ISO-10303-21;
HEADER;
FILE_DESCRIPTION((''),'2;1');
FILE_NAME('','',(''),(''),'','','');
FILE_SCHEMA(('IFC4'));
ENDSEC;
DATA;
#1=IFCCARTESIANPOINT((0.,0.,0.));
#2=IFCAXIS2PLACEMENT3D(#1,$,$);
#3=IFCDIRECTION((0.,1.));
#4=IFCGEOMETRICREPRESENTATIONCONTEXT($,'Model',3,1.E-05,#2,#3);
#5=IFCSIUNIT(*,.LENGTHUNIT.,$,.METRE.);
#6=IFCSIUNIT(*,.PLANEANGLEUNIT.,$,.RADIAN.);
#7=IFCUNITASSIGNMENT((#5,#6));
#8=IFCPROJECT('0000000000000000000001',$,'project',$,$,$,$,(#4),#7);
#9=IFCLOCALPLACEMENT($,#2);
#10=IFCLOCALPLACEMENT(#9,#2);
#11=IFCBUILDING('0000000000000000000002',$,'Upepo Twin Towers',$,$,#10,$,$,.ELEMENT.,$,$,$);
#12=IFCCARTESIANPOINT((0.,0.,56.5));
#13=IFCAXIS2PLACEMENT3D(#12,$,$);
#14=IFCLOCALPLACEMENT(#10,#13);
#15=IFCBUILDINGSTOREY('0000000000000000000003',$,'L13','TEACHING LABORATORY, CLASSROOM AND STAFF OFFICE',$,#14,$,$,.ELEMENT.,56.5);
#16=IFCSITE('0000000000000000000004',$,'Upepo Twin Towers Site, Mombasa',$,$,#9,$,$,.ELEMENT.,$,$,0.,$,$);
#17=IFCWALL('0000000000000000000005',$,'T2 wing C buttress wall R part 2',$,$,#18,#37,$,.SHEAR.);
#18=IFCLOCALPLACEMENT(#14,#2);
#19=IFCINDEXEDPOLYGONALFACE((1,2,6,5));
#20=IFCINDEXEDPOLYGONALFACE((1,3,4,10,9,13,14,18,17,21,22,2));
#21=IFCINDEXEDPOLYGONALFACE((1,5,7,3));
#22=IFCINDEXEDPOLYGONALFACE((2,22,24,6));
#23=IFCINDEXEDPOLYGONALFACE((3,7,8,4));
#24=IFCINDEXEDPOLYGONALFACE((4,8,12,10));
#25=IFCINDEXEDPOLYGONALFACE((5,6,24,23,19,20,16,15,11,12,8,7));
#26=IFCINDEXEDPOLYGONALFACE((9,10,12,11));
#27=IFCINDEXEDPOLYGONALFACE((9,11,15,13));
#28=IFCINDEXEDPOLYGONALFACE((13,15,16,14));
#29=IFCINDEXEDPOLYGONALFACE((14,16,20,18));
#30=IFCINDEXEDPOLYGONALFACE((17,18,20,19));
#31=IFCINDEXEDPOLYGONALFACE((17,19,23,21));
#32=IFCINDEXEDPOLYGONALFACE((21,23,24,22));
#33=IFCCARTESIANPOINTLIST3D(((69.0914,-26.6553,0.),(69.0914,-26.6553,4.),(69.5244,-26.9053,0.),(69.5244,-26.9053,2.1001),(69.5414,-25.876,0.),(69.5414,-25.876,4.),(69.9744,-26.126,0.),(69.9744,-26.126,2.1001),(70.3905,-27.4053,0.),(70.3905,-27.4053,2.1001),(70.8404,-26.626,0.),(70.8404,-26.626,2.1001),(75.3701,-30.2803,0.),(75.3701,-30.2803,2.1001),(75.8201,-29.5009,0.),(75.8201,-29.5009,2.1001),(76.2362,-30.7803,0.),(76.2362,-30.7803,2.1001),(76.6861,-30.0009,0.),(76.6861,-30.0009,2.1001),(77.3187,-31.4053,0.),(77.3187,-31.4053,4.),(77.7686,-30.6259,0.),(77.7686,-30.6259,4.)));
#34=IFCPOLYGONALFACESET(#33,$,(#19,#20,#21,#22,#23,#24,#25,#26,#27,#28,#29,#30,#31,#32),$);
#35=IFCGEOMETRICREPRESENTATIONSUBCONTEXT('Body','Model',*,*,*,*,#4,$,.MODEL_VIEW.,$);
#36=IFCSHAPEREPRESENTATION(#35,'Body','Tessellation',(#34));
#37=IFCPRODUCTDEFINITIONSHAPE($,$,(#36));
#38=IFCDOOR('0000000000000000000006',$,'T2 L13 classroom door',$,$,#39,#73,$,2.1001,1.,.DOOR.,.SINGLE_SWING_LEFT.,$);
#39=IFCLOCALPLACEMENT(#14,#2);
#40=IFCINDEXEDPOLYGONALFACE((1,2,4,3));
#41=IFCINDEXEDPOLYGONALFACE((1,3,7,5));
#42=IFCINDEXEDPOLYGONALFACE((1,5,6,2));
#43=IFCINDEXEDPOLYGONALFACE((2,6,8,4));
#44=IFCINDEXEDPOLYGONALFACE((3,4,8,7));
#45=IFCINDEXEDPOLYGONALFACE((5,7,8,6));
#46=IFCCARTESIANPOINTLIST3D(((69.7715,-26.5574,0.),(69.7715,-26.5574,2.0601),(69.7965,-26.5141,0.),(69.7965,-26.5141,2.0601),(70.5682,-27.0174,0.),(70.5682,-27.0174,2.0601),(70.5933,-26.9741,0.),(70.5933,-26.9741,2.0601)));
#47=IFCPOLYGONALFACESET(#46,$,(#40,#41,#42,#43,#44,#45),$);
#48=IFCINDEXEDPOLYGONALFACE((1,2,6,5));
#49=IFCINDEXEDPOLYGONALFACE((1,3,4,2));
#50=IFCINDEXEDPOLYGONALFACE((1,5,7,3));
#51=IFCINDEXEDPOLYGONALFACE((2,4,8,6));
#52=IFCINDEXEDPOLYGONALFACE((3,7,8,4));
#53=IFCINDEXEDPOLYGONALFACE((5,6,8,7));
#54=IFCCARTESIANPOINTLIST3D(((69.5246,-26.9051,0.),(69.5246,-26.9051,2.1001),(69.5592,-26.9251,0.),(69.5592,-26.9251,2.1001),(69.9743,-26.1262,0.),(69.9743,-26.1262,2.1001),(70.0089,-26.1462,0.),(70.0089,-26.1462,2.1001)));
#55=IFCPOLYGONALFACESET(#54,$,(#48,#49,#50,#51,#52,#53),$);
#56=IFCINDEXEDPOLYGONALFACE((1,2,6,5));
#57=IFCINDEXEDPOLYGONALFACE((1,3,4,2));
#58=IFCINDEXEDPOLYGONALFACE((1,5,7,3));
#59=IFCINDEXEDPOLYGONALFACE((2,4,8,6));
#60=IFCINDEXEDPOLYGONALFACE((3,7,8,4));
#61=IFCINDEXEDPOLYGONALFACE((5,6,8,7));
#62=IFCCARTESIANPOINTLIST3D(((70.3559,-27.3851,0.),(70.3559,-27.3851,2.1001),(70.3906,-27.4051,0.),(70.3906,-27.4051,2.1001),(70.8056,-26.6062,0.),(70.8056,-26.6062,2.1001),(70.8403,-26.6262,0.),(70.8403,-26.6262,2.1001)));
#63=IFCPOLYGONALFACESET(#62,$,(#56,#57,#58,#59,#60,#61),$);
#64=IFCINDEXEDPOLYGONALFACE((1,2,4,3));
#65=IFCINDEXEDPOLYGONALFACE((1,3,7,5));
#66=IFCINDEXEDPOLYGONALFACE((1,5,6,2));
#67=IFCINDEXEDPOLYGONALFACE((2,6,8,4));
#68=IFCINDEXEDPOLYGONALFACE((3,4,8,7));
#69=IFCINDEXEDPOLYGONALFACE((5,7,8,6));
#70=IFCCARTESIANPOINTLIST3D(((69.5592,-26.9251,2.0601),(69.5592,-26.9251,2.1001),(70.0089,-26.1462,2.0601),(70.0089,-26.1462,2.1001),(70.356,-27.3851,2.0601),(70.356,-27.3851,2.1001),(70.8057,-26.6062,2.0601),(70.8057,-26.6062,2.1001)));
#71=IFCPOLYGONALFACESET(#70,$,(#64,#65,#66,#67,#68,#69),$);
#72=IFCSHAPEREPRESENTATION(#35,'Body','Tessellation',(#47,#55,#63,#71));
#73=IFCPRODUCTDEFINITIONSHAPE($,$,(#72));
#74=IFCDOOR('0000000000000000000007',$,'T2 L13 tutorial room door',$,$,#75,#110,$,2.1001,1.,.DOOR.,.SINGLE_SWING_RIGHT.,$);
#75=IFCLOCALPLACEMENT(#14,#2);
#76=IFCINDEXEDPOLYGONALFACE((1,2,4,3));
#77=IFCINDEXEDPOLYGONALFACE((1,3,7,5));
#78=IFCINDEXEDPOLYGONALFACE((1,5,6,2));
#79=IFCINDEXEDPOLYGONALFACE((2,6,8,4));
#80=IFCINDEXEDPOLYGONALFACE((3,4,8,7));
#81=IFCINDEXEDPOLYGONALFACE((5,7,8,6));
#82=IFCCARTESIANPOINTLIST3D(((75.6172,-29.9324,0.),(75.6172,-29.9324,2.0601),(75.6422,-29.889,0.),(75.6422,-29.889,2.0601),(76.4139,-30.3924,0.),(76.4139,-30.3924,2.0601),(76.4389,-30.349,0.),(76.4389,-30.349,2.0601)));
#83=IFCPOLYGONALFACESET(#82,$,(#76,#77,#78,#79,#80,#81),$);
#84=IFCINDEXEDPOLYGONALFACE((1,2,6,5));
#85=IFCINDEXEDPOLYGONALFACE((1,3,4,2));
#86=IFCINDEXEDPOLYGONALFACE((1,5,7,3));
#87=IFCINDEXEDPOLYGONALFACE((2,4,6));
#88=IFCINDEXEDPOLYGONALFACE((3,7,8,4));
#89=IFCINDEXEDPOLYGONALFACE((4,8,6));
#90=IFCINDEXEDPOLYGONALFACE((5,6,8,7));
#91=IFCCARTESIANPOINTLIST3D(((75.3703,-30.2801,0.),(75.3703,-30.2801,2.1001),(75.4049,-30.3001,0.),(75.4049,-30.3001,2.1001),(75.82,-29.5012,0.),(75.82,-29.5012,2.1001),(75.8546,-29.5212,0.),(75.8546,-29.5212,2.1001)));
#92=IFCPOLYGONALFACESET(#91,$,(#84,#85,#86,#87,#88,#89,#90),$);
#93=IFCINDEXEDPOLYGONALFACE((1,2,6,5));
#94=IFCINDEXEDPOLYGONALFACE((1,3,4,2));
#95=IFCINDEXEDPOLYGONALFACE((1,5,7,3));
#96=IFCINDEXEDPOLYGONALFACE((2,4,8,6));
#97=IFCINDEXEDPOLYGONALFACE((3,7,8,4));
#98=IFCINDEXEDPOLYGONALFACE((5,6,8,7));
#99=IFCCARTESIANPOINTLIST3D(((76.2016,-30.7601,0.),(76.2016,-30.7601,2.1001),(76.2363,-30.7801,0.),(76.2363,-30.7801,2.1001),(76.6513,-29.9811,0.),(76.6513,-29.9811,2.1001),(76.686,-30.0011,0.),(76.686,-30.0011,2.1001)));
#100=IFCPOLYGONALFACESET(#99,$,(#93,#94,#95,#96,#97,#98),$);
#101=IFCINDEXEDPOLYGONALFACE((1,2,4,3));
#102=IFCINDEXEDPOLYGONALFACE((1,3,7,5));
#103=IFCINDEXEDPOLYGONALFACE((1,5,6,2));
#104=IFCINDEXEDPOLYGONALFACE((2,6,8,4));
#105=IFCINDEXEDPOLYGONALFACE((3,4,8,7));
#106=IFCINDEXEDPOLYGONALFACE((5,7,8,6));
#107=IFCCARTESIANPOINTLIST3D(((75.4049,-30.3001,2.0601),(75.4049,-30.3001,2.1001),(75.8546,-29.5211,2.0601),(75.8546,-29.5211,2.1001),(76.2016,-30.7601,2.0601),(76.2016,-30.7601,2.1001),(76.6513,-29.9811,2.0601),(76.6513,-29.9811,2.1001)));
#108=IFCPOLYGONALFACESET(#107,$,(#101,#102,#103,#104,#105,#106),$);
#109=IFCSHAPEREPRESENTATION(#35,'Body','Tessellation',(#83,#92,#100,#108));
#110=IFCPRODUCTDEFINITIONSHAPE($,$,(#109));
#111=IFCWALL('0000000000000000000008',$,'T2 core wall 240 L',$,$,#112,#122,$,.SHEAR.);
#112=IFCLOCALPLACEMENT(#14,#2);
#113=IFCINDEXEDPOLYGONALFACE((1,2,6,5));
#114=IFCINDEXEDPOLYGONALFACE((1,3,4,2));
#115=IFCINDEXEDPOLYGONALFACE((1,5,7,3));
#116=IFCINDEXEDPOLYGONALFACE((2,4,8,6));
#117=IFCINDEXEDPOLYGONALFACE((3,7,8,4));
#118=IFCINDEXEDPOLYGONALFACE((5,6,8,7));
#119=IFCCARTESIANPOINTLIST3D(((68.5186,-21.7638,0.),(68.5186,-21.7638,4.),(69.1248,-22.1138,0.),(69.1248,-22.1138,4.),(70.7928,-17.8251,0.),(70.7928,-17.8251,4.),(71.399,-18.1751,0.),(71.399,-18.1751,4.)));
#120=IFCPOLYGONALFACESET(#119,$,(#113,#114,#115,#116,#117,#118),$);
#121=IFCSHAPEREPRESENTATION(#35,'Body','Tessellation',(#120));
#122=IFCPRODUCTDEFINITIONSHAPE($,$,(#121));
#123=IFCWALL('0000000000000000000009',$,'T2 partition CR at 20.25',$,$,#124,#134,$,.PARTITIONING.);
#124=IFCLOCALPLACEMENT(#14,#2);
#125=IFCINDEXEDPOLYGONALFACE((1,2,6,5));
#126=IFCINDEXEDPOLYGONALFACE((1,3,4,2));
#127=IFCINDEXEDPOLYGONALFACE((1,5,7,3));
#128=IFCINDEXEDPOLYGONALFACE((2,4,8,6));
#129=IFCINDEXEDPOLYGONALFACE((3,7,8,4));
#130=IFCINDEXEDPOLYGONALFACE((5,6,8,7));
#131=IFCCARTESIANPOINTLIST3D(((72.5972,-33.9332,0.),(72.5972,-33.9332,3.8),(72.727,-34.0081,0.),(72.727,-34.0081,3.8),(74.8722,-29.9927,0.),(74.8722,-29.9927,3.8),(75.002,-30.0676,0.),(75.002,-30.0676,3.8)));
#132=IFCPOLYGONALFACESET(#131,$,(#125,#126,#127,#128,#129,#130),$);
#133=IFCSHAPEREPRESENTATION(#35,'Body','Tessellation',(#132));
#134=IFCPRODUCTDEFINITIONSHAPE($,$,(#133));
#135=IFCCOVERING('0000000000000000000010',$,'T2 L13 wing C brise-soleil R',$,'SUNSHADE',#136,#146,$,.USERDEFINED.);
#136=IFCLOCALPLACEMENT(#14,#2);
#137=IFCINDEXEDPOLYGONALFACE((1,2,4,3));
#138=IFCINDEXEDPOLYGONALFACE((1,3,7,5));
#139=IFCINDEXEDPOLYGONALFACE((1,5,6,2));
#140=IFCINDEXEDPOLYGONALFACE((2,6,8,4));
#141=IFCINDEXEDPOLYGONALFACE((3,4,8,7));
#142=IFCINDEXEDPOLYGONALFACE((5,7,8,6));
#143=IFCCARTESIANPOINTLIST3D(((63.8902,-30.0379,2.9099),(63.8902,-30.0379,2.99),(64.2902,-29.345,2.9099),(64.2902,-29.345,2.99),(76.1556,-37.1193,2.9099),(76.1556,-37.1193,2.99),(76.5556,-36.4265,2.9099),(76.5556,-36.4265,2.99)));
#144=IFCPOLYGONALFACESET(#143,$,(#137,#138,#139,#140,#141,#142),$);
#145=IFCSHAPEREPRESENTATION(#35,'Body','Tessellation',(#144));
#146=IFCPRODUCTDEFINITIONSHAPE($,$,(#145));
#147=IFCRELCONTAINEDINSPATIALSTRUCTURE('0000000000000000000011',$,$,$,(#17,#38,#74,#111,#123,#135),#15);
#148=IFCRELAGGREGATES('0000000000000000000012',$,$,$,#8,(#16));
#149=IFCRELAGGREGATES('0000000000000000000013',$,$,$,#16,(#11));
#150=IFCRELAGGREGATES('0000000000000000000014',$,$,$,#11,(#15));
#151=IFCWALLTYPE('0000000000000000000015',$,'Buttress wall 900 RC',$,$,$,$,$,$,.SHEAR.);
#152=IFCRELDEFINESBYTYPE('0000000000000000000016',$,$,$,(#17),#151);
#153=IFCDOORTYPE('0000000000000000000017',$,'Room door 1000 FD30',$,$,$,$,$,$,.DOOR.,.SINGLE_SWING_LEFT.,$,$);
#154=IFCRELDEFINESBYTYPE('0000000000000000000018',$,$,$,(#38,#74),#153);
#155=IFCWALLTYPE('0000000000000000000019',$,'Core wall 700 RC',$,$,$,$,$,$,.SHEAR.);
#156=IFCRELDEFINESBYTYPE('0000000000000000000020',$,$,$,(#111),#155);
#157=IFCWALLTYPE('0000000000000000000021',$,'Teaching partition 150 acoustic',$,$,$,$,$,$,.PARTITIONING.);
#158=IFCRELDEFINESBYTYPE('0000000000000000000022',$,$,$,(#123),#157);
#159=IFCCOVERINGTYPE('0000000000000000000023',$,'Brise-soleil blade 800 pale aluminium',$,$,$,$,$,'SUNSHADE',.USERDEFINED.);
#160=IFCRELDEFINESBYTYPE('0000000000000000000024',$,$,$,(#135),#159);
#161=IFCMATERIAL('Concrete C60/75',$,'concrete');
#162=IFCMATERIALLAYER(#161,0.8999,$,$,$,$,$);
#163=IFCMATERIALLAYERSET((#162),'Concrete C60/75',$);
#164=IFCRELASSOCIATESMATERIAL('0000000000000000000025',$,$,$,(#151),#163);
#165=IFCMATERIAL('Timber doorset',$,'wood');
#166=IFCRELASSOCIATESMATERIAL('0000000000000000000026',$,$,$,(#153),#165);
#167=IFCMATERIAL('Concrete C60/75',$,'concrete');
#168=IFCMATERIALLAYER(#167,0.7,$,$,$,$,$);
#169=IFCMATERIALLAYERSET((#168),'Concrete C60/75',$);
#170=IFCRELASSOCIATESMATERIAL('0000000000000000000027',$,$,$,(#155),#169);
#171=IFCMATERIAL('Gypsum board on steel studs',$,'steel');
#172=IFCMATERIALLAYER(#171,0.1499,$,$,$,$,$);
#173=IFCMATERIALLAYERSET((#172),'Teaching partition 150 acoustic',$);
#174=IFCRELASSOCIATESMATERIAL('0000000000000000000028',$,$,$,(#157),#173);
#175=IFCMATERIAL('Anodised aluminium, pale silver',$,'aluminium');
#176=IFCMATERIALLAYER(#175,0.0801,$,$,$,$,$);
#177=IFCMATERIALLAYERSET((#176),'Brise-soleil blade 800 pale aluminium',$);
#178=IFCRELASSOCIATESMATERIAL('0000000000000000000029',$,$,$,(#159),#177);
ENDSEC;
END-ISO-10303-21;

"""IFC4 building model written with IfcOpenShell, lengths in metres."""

from ifc_helpers import new_model, si_unit, direction, frame, frame_2d, origin, origin_2d, place, context, subcontext, project, spatial, rectangle, extrude, material, layer, layer_set, type_object, element, fill, save


model = new_model("IFC4")

# Units and contexts
model_context = context("Model", 3, precision=1e-05, world=origin(), true_north=direction((0.0, 1.0)))
body_context = subcontext(model_context, "Body", "Model", "MODEL_VIEW")
ifc_project = project(units=[si_unit("LENGTHUNIT", "METRE"), si_unit("PLANEANGLEUNIT", "RADIAN")], contexts=[model_context])

# Site, building, storey
site_placement = place(None, origin())
site = spatial("IfcSite", under=ifc_project, at=site_placement, Name="Upepo Twin Towers Site, Mombasa", CompositionType="ELEMENT", RefElevation=0.0)
building_placement = place(site_placement, origin())
building = spatial("IfcBuilding", under=site, at=building_placement, Name="Upepo Twin Towers", CompositionType="ELEMENT")
storey_placement = place(building_placement, frame((0.0, 0.0, 56.5)))
storey = spatial("IfcBuildingStorey", under=building, at=storey_placement, Name="L13", Description="TEACHING LABORATORY, CLASSROOM AND STAFF OFFICE", CompositionType="ELEMENT", Elevation=56.5)

# Wall, openings, doors
ifc_material_1 = material(Name="Concrete C60/75", Category="concrete")
ifc_layer_1 = layer(ifc_material_1, 0.8999)
ifc_layer_set_1 = layer_set([ifc_layer_1], Name="Concrete C60/75")
wall_type_1 = type_object("IfcWallType", Name="Buttress wall 900 RC", PredefinedType="SHEAR", material=ifc_layer_set_1)
ifc_material_2 = material(Name="Timber doorset", Category="wood")
door_type = type_object("IfcDoorType", Name="Room door 1000 FD30", OperationType="SINGLE_SWING_LEFT", PredefinedType="DOOR", material=ifc_material_2)
wall_1_placement = place(storey_placement, frame((69.3164, -26.2656, 0.0), z_axis=(0.0, 0.0, 1.0), x_axis=(0.866027, -0.499998, 0.0)))
wall_1 = element("IfcWall", 1, at=wall_1_placement, inside=storey, type_object=wall_type_1, Name="T2 wing C buttress wall R part 2", PredefinedType="SHEAR", context=body_context, shape_type="SweptSolid", body=[
    extrude(rectangle(XDim=9.5, YDim=0.8999, at=frame_2d((4.75, 0.0))), origin(), (0.0, 0.0, 1.0), 4.0),
])
opening_1_placement = place(wall_1_placement, frame((0.5, 0.0, 0.0)))
opening_1 = element("IfcOpeningElement", 2, at=opening_1_placement, cuts=wall_1, PredefinedType="OPENING", context=body_context, shape_type="SweptSolid", body=[
    extrude(rectangle(XDim=1.0, YDim=2.1001, at=frame_2d((0.5, 1.05))), frame((0.0, 0.46, 0.0), z_axis=(0.0, -1.0, 0.0), x_axis=(1.0, 0.0, 0.0)), (0.0, 0.0, 1.0), 0.9199),
])
opening_2_placement = place(wall_1_placement, frame((7.25, 0.0, 0.0)))
opening_2 = element("IfcOpeningElement", 3, at=opening_2_placement, cuts=wall_1, PredefinedType="OPENING", context=body_context, shape_type="SweptSolid", body=[
    extrude(rectangle(XDim=1.0, YDim=2.1001, at=frame_2d((0.5, 1.05))), frame((0.0, 0.46, 0.0), z_axis=(0.0, -1.0, 0.0), x_axis=(1.0, 0.0, 0.0)), (0.0, 0.0, 1.0), 0.9199),
])
door_1_placement = place(opening_1_placement, origin())
door_1 = element("IfcDoor", 4, at=door_1_placement, inside=storey, type_object=door_type, Name="T2 L13 classroom door", OperationType="SINGLE_SWING_LEFT", OverallHeight=2.1001, OverallWidth=1.0, PredefinedType="DOOR", context=body_context, shape_type="SweptSolid", body=[
    extrude(rectangle(XDim=0.92, YDim=2.0601, at=frame_2d((0.5, 1.03))), frame((0.0, 0.0249, 0.0), z_axis=(0.0, -1.0, 0.0), x_axis=(1.0, 0.0, 0.0)), (0.0, 0.0, 1.0), 0.05),
    extrude(rectangle(XDim=0.04, YDim=2.1001, at=frame_2d((0.02, 1.05))), frame((0.0, 0.4497, 0.0), z_axis=(0.0, -1.0, 0.0), x_axis=(1.0, 0.0, 0.0)), (0.0, 0.0, 1.0), 0.8994),
    extrude(rectangle(XDim=0.04, YDim=2.1001, at=frame_2d((0.98, 1.05))), frame((0.0, 0.4497, 0.0), z_axis=(0.0, -1.0, 0.0), x_axis=(1.0, 0.0, 0.0)), (0.0, 0.0, 1.0), 0.8994),
    extrude(rectangle(XDim=0.92, YDim=0.04, at=frame_2d((0.5, 2.0801))), frame((0.0, 0.4497, 0.0), z_axis=(0.0, -1.0, 0.0), x_axis=(1.0, 0.0, 0.0)), (0.0, 0.0, 1.0), 0.8994),
])
fill(opening_1, door_1)
door_2_placement = place(opening_2_placement, origin())
door_2 = element("IfcDoor", 5, at=door_2_placement, inside=storey, type_object=door_type, Name="T2 L13 tutorial room door", OperationType="SINGLE_SWING_RIGHT", OverallHeight=2.1001, OverallWidth=1.0, PredefinedType="DOOR", context=body_context, shape_type="SweptSolid", body=[
    extrude(rectangle(XDim=0.92, YDim=2.0601, at=frame_2d((0.5, 1.03))), frame((0.0, 0.0249, 0.0), z_axis=(0.0, -1.0, 0.0), x_axis=(1.0, 0.0, 0.0)), (0.0, 0.0, 1.0), 0.05),
    extrude(rectangle(XDim=0.04, YDim=2.1001, at=frame_2d((0.02, 1.05))), frame((0.0, 0.4497, 0.0), z_axis=(0.0, -1.0, 0.0), x_axis=(1.0, 0.0, 0.0)), (0.0, 0.0, 1.0), 0.8994),
    extrude(rectangle(XDim=0.04, YDim=2.1001, at=frame_2d((0.98, 1.05))), frame((0.0, 0.4497, 0.0), z_axis=(0.0, -1.0, 0.0), x_axis=(1.0, 0.0, 0.0)), (0.0, 0.0, 1.0), 0.8994),
    extrude(rectangle(XDim=0.92, YDim=0.04, at=frame_2d((0.5, 2.0801))), frame((0.0, 0.4497, 0.0), z_axis=(0.0, -1.0, 0.0), x_axis=(1.0, 0.0, 0.0)), (0.0, 0.0, 1.0), 0.8994),
])
fill(opening_2, door_2)

# Walls
ifc_material_3 = material(Name="Concrete C60/75", Category="concrete")
ifc_layer_2 = layer(ifc_material_3, 0.7)
ifc_layer_set_2 = layer_set([ifc_layer_2], Name="Concrete C60/75")
wall_type_2 = type_object("IfcWallType", Name="Core wall 700 RC", PredefinedType="SHEAR", material=ifc_layer_set_2)
wall_2_placement = place(storey_placement, frame((68.8218, -21.9387, 0.0), z_axis=(0.0, 0.0, 1.0), x_axis=(0.500024, 0.866011, 0.0)))
element("IfcWall", 6, at=wall_2_placement, inside=storey, type_object=wall_type_2, Name="T2 core wall 240 L", PredefinedType="SHEAR", context=body_context, shape_type="SweptSolid", body=[
    extrude(rectangle(XDim=4.5481, YDim=0.7, at=frame_2d((2.2739, 0.0))), origin(), (0.0, 0.0, 1.0), 4.0),
])
ifc_material_4 = material(Name="Gypsum board on steel studs", Category="steel")
ifc_layer_3 = layer(ifc_material_4, 0.1499)
ifc_layer_set_3 = layer_set([ifc_layer_3], Name="Teaching partition 150 acoustic")
wall_type_3 = type_object("IfcWallType", Name="Teaching partition 150 acoustic", PredefinedType="PARTITIONING", material=ifc_layer_set_3)
wall_3_placement = place(storey_placement, frame((74.937, -30.0303, 0.0), z_axis=(0.0, 0.0, 1.0), x_axis=(-0.499983, -0.866035, 0.0)))
element("IfcWall", 7, at=wall_3_placement, inside=storey, type_object=wall_type_3, Name="T2 partition CR at 20.25", PredefinedType="PARTITIONING", context=body_context, shape_type="SweptSolid", body=[
    extrude(rectangle(XDim=4.55, YDim=0.1499, at=frame_2d((2.2749, 0.0))), origin(), (0.0, 0.0, 1.0), 3.8),
])

# Covering
ifc_material_5 = material(Name="Anodised aluminium, pale silver", Category="aluminium")
ifc_layer_4 = layer(ifc_material_5, 0.0801)
ifc_layer_set_4 = layer_set([ifc_layer_4], Name="Brise-soleil blade 800 pale aluminium")
covering_type = type_object("IfcCoveringType", Name="Brise-soleil blade 800 pale aluminium", ElementType="SUNSHADE", PredefinedType="USERDEFINED", material=ifc_layer_set_4)
covering_placement = place(storey_placement, frame((70.2229, -33.2322, 2.9099), z_axis=(0.0, 0.0, 1.0), x_axis=(0.866025, -0.5, 0.0)))
element("IfcCovering", 8, at=covering_placement, inside=storey, type_object=covering_type, Name="T2 L13 wing C brise-soleil R", ObjectType="SUNSHADE", PredefinedType="USERDEFINED", context=body_context, shape_type="SweptSolid", body=[
    extrude(rectangle(XDim=14.1628, YDim=0.8, at=origin_2d()), origin(), (0.0, 0.0, 1.0), 0.0801),
])

save(model, "model.ifc")
